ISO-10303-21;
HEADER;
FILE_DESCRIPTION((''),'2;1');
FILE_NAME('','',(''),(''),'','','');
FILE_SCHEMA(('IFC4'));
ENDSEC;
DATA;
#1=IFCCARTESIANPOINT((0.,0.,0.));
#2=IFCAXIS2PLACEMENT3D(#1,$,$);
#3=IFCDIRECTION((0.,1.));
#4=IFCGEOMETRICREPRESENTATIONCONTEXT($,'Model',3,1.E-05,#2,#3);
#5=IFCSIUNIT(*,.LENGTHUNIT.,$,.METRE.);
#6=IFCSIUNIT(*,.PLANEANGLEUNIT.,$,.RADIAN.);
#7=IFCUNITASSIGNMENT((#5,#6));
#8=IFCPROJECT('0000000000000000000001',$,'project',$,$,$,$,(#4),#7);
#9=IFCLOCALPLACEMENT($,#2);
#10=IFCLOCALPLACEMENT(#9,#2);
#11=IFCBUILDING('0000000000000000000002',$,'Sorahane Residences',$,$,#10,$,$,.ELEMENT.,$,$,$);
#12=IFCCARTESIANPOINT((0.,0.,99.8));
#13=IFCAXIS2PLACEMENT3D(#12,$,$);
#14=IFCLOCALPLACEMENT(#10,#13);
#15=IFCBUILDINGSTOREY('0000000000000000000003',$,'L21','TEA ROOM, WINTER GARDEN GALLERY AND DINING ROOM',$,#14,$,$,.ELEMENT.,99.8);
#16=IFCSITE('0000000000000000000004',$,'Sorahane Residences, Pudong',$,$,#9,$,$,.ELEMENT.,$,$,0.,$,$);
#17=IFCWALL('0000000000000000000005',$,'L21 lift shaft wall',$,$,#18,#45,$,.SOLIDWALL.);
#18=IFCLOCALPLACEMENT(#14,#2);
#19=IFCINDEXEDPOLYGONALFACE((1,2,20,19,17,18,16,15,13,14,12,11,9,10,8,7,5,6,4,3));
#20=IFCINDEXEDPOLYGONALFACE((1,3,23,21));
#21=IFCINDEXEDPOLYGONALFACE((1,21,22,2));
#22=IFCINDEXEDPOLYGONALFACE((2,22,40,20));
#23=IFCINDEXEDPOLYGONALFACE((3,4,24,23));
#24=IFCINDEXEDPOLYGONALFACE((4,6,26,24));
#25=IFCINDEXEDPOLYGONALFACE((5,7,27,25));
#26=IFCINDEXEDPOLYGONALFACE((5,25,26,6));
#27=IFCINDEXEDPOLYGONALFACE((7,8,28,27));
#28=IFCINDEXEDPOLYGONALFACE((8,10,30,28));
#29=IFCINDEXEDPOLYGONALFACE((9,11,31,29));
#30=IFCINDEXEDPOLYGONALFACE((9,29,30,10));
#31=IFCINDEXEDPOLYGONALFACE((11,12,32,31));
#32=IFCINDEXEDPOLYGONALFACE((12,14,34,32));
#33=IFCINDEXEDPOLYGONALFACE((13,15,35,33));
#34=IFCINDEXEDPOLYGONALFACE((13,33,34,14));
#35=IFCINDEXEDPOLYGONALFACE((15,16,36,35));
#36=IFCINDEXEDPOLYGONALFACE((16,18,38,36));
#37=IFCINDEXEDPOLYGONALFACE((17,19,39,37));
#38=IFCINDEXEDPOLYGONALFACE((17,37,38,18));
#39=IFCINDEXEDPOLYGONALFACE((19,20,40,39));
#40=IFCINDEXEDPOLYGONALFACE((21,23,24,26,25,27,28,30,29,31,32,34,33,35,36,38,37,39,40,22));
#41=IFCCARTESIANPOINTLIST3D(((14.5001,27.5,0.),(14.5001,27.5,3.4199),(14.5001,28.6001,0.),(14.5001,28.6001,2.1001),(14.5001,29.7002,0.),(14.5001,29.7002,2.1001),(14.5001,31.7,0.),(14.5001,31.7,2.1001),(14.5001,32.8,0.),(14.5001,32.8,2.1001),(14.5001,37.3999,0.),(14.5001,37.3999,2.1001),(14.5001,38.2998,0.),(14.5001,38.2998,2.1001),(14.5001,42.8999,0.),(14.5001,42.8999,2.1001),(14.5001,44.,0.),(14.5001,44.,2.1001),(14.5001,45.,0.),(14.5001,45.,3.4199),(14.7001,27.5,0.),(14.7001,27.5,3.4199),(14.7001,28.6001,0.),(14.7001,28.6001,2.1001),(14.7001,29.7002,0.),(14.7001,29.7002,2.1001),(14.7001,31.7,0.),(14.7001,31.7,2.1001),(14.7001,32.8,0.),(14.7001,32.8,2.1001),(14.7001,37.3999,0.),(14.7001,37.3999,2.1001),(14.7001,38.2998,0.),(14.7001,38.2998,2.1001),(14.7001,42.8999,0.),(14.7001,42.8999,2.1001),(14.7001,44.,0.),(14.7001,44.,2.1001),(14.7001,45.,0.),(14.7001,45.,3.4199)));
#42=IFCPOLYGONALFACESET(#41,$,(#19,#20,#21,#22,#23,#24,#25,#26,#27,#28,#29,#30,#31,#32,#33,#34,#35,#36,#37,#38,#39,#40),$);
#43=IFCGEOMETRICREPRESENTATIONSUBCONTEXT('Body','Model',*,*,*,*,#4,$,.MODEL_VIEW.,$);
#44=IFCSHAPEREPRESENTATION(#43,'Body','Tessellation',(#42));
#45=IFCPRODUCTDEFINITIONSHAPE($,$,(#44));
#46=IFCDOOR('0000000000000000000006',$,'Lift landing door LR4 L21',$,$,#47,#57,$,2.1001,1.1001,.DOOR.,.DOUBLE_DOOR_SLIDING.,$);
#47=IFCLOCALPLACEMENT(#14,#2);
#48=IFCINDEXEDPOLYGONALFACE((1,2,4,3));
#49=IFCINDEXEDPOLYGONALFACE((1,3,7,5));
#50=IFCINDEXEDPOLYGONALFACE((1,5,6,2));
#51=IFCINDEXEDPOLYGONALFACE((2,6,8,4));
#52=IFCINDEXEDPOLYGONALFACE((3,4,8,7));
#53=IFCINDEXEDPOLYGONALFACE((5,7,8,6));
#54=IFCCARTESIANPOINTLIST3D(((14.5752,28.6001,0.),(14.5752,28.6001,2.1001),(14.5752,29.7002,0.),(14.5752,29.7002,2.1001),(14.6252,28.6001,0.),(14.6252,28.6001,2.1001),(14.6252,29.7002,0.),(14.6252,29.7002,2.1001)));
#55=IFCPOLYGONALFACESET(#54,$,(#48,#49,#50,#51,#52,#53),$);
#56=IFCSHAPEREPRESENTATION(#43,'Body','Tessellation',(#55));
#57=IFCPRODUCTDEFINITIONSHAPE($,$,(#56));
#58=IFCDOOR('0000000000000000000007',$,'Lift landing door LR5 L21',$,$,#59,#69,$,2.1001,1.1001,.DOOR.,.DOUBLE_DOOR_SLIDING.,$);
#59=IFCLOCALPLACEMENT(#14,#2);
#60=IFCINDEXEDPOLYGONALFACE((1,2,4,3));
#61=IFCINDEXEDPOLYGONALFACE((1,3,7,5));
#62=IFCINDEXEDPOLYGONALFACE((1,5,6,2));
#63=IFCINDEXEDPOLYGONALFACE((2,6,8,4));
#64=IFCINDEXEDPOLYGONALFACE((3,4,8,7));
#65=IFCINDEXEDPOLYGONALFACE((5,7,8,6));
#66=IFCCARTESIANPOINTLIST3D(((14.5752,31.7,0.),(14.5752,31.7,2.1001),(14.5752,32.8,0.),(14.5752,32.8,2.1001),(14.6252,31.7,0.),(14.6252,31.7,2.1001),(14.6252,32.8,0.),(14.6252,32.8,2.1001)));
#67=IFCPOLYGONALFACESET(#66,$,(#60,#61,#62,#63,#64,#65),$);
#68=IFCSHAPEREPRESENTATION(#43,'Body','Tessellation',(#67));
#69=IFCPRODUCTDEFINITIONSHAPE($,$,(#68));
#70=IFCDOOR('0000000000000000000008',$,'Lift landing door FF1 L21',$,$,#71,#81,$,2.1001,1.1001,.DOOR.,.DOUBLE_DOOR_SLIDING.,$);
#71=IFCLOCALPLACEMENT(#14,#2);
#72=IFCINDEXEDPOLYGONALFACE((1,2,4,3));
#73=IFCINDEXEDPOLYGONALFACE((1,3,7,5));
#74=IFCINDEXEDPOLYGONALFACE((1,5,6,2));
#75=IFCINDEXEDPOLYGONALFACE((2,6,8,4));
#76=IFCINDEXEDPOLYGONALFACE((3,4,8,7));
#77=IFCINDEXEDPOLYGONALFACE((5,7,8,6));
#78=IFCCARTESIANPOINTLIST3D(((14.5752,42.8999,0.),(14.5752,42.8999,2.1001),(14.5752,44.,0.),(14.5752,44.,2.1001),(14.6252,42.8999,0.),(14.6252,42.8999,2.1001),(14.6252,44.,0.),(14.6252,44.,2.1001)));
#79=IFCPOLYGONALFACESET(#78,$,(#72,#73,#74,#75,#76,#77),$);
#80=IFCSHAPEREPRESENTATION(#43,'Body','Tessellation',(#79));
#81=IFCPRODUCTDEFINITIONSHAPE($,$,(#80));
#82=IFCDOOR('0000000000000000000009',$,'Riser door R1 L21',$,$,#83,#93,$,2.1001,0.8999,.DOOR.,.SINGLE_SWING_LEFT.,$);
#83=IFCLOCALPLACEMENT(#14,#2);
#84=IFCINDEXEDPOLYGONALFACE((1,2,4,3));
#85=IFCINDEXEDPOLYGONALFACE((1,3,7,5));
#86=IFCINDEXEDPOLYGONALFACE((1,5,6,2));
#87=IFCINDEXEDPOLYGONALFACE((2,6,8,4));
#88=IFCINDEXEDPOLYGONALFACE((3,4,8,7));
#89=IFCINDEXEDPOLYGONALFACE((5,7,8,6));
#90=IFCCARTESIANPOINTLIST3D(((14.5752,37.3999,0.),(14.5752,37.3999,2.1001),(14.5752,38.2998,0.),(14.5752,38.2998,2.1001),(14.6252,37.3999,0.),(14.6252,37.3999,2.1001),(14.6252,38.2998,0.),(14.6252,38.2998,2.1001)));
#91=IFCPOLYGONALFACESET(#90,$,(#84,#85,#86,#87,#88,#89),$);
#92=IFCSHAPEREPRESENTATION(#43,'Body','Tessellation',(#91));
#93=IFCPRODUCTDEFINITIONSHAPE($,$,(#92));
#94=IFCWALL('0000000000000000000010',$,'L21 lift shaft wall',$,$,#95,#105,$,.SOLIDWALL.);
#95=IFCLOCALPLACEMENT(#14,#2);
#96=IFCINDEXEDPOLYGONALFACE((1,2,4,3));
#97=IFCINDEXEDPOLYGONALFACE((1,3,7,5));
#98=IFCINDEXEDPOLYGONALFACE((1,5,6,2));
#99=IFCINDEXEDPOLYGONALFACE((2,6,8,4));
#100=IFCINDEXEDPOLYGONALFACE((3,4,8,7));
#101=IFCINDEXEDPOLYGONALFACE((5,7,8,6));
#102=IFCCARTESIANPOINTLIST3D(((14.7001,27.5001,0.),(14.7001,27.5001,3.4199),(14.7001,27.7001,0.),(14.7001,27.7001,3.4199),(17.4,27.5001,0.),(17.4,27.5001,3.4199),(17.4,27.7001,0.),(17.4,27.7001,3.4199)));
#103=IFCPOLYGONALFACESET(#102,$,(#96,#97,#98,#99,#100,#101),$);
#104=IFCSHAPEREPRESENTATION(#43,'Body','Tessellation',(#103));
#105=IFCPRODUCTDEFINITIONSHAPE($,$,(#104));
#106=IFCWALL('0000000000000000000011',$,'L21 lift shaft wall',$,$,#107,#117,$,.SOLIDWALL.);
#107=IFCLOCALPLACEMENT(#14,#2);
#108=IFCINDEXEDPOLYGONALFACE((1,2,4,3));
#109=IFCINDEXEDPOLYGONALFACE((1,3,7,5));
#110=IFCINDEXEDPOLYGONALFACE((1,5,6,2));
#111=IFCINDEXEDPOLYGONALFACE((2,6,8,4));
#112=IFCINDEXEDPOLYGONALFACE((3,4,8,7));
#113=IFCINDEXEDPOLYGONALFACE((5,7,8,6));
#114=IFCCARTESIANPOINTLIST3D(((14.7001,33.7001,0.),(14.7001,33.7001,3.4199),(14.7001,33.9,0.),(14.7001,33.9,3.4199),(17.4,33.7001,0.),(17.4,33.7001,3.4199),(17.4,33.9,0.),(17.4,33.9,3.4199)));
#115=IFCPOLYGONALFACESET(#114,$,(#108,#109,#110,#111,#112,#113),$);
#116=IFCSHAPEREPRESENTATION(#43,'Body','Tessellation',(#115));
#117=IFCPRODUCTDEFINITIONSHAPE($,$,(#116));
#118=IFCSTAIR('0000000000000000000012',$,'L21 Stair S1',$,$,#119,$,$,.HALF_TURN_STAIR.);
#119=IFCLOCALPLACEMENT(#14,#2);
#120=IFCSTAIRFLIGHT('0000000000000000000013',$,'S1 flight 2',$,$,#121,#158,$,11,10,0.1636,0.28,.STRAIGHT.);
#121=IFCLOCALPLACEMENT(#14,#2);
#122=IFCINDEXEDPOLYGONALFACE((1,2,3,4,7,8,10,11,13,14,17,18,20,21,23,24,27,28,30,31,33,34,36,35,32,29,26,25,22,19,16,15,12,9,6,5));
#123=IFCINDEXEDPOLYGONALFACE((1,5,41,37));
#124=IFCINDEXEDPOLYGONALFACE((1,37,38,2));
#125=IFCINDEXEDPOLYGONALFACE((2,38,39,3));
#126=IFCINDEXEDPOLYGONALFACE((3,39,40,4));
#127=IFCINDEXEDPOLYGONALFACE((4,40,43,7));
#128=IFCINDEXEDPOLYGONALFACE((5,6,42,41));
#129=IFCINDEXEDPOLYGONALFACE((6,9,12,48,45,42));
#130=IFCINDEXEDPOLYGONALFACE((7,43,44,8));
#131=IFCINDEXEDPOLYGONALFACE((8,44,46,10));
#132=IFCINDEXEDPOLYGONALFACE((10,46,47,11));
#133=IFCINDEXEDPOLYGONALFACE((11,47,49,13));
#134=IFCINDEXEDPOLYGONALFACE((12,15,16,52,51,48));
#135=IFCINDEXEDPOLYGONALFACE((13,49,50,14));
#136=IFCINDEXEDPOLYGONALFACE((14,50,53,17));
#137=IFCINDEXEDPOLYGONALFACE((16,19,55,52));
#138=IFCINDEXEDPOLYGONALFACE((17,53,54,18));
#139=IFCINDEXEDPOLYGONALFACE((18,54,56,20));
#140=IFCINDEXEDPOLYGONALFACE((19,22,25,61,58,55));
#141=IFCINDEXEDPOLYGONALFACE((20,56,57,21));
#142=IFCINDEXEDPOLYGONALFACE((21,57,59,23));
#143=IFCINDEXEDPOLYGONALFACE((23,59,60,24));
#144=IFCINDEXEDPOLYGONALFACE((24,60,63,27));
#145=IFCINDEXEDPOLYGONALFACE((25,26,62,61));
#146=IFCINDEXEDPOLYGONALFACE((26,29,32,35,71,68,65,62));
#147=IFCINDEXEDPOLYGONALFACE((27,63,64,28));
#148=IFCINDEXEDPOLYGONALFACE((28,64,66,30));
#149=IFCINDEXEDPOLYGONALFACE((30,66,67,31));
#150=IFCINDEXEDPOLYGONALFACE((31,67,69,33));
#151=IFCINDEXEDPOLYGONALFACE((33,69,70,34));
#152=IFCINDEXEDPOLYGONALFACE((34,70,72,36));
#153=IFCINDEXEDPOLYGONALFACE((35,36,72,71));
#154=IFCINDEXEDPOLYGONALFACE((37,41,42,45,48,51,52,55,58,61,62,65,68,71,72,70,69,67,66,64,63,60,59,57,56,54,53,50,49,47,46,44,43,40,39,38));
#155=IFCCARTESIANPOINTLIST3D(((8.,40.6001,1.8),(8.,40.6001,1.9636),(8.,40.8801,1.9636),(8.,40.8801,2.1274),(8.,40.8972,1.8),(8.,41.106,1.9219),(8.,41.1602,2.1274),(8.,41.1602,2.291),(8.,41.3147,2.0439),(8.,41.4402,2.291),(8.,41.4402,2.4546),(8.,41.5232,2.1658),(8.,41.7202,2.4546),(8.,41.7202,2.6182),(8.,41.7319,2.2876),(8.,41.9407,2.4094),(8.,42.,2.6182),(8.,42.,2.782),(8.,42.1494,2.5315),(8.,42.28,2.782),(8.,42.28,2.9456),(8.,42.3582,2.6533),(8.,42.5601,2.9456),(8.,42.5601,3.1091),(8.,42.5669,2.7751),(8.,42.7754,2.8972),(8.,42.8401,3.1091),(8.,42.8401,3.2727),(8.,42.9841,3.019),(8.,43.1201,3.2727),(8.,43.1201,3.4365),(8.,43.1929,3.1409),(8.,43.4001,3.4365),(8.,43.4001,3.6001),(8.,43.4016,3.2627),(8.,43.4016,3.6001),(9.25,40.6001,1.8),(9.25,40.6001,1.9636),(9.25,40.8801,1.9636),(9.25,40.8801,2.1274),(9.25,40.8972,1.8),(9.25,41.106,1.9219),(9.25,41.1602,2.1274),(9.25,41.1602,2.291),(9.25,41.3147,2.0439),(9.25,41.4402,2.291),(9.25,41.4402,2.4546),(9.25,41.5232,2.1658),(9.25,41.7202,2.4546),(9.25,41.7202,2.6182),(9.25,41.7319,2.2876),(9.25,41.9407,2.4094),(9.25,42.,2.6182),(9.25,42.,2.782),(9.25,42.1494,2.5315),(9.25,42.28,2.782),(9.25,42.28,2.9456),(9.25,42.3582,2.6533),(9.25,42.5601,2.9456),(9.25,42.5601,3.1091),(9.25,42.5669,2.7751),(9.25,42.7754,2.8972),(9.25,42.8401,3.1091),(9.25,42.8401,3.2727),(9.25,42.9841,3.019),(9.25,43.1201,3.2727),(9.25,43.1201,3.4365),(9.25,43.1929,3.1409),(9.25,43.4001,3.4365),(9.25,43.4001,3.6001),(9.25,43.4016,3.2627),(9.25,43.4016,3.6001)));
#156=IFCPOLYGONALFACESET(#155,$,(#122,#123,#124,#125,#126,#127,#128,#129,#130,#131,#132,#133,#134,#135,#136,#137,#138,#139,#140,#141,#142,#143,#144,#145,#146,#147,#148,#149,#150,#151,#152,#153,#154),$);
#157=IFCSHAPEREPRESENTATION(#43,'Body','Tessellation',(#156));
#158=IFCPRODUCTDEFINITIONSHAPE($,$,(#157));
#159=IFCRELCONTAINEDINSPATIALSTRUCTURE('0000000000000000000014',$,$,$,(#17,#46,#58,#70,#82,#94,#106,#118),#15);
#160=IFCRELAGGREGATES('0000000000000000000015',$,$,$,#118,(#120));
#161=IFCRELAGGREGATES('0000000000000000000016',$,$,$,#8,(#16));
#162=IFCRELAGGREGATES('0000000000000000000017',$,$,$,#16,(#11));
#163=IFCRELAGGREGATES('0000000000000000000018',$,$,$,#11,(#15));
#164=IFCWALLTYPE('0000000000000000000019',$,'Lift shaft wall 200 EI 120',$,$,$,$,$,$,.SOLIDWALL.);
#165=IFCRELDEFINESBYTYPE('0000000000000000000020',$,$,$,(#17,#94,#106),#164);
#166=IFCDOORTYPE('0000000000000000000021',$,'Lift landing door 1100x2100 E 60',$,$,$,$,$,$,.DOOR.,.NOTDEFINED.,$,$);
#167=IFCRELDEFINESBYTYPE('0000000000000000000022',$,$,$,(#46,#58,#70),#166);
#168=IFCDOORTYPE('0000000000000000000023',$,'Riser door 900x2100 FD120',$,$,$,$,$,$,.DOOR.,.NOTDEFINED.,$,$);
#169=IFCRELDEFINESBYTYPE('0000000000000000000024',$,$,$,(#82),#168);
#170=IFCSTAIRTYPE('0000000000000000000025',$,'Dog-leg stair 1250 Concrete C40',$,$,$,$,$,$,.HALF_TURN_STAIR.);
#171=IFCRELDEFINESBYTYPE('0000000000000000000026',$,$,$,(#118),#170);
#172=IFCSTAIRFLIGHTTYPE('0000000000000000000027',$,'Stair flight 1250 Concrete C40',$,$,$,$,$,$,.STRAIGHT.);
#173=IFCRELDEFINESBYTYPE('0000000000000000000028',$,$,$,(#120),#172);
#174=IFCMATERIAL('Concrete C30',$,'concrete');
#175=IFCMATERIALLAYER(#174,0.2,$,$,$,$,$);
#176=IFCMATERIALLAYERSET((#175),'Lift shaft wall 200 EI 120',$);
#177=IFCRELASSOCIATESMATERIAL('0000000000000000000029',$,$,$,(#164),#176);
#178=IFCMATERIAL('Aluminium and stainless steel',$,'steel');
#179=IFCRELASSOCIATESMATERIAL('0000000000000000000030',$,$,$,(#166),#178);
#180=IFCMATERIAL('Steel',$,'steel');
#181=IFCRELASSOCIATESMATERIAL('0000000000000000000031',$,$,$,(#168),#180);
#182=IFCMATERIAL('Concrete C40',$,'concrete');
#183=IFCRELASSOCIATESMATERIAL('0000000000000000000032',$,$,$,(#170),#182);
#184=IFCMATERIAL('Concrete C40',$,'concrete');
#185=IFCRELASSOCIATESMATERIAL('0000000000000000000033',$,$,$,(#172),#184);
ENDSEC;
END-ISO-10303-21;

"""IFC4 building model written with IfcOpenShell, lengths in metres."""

from ifc_helpers import new_model, si_unit, direction, frame, frame_2d, origin, place, context, subcontext, project, spatial, polyline, rectangle, outline, extrude, material, layer, layer_set, type_object, element, fill, aggregate, save


model = new_model("IFC4")

# Units and contexts
model_context = context("Model", 3, precision=1e-05, world=origin(), true_north=direction((0.0, 1.0)))
body_context = subcontext(model_context, "Body", "Model", "MODEL_VIEW")
ifc_project = project(units=[si_unit("LENGTHUNIT", "METRE"), si_unit("PLANEANGLEUNIT", "RADIAN")], contexts=[model_context])

# Site, building, storey
site_placement = place(None, origin())
site = spatial("IfcSite", under=ifc_project, at=site_placement, Name="Sorahane Residences, Pudong", CompositionType="ELEMENT", RefElevation=0.0)
building_placement = place(site_placement, origin())
building = spatial("IfcBuilding", under=site, at=building_placement, Name="Sorahane Residences", CompositionType="ELEMENT")
storey_placement = place(building_placement, frame((0.0, 0.0, 99.8)))
storey = spatial("IfcBuildingStorey", under=building, at=storey_placement, Name="L21", Description="TEA ROOM, WINTER GARDEN GALLERY AND DINING ROOM", CompositionType="ELEMENT", Elevation=99.8)

# Wall, openings, doors
ifc_material_1 = material(Name="Concrete C30", Category="concrete")
ifc_layer_1 = layer(ifc_material_1, 0.2)
ifc_layer_set_1 = layer_set([ifc_layer_1], Name="Lift shaft wall 200 EI 120")
wall_type_1 = type_object("IfcWallType", Name="Lift shaft wall 200 EI 120", PredefinedType="SOLIDWALL", material=ifc_layer_set_1)
wall_1_placement = place(storey_placement, frame((14.6001, 27.5, 0.0), z_axis=(0.0, 0.0, 1.0), x_axis=(0.0, 1.0, 0.0)))
wall_1 = element("IfcWall", 1, at=wall_1_placement, inside=storey, type_object=wall_type_1, Name="L21 lift shaft wall", PredefinedType="SOLIDWALL", context=body_context, shape_type="SweptSolid", body=[
    extrude(rectangle(XDim=17.5, YDim=0.2, at=frame_2d((8.75, 0.0))), origin(), (0.0, 0.0, 1.0), 3.4199),
])
opening_1_placement = place(wall_1_placement, frame((1.1001, 0.0, 0.0)))
opening_1 = element("IfcOpeningElement", 2, at=opening_1_placement, cuts=wall_1, PredefinedType="OPENING", context=body_context, shape_type="SweptSolid", body=[
    extrude(rectangle(XDim=1.1001, YDim=2.1001, at=frame_2d((0.55, 1.05))), frame((0.0, 0.1099, 0.0), z_axis=(0.0, -1.0, 0.0), x_axis=(1.0, 0.0, 0.0)), (0.0, 0.0, 1.0), 0.22),
])
opening_2_placement = place(wall_1_placement, frame((4.2, 0.0, 0.0)))
opening_2 = element("IfcOpeningElement", 3, at=opening_2_placement, cuts=wall_1, PredefinedType="OPENING", context=body_context, shape_type="SweptSolid", body=[
    extrude(rectangle(XDim=1.1001, YDim=2.1001, at=frame_2d((0.55, 1.05))), frame((0.0, 0.1099, 0.0), z_axis=(0.0, -1.0, 0.0), x_axis=(1.0, 0.0, 0.0)), (0.0, 0.0, 1.0), 0.22),
])
opening_3_placement = place(wall_1_placement, frame((15.3999, 0.0, 0.0)))
opening_3 = element("IfcOpeningElement", 4, at=opening_3_placement, cuts=wall_1, PredefinedType="OPENING", context=body_context, shape_type="SweptSolid", body=[
    extrude(rectangle(XDim=1.1001, YDim=2.1001, at=frame_2d((0.55, 1.05))), frame((0.0, 0.1099, 0.0), z_axis=(0.0, -1.0, 0.0), x_axis=(1.0, 0.0, 0.0)), (0.0, 0.0, 1.0), 0.22),
])
opening_4_placement = place(wall_1_placement, frame((9.8999, 0.0, 0.0)))
opening_4 = element("IfcOpeningElement", 5, at=opening_4_placement, cuts=wall_1, PredefinedType="OPENING", context=body_context, shape_type="SweptSolid", body=[
    extrude(rectangle(XDim=0.8999, YDim=2.1001, at=frame_2d((0.45, 1.05))), frame((0.0, 0.1099, 0.0), z_axis=(0.0, -1.0, 0.0), x_axis=(1.0, 0.0, 0.0)), (0.0, 0.0, 1.0), 0.22),
])
ifc_material_2 = material(Name="Aluminium and stainless steel", Category="steel")
door_type_1 = type_object("IfcDoorType", Name="Lift landing door 1100x2100 E 60", OperationType="NOTDEFINED", PredefinedType="DOOR", material=ifc_material_2)
door_1_placement = place(opening_1_placement, origin())
door_1 = element("IfcDoor", 6, at=door_1_placement, inside=storey, type_object=door_type_1, Name="Lift landing door LR4 L21", OperationType="DOUBLE_DOOR_SLIDING", OverallHeight=2.1001, OverallWidth=1.1001, PredefinedType="DOOR", context=body_context, shape_type="SweptSolid", body=[
    extrude(rectangle(XDim=1.1001, YDim=2.1001, at=frame_2d((0.55, 1.05))), frame((0.0, 0.0249, 0.0), z_axis=(0.0, -1.0, 0.0), x_axis=(1.0, 0.0, 0.0)), (0.0, 0.0, 1.0), 0.05),
])
fill(opening_1, door_1)
door_2_placement = place(opening_2_placement, origin())
door_2 = element("IfcDoor", 7, at=door_2_placement, inside=storey, type_object=door_type_1, Name="Lift landing door LR5 L21", OperationType="DOUBLE_DOOR_SLIDING", OverallHeight=2.1001, OverallWidth=1.1001, PredefinedType="DOOR", context=body_context, shape_type="SweptSolid", body=[
    extrude(rectangle(XDim=1.1001, YDim=2.1001, at=frame_2d((0.55, 1.05))), frame((0.0, 0.0249, 0.0), z_axis=(0.0, -1.0, 0.0), x_axis=(1.0, 0.0, 0.0)), (0.0, 0.0, 1.0), 0.05),
])
fill(opening_2, door_2)
door_3_placement = place(opening_3_placement, origin())
door_3 = element("IfcDoor", 8, at=door_3_placement, inside=storey, type_object=door_type_1, Name="Lift landing door FF1 L21", OperationType="DOUBLE_DOOR_SLIDING", OverallHeight=2.1001, OverallWidth=1.1001, PredefinedType="DOOR", context=body_context, shape_type="SweptSolid", body=[
    extrude(rectangle(XDim=1.1001, YDim=2.1001, at=frame_2d((0.55, 1.05))), frame((0.0, 0.0249, 0.0), z_axis=(0.0, -1.0, 0.0), x_axis=(1.0, 0.0, 0.0)), (0.0, 0.0, 1.0), 0.05),
])
fill(opening_3, door_3)
ifc_material_3 = material(Name="Steel", Category="steel")
door_type_2 = type_object("IfcDoorType", Name="Riser door 900x2100 FD120", OperationType="NOTDEFINED", PredefinedType="DOOR", material=ifc_material_3)
door_4_placement = place(opening_4_placement, origin())
door_4 = element("IfcDoor", 9, at=door_4_placement, inside=storey, type_object=door_type_2, Name="Riser door R1 L21", OperationType="SINGLE_SWING_LEFT", OverallHeight=2.1001, OverallWidth=0.8999, PredefinedType="DOOR", context=body_context, shape_type="SweptSolid", body=[
    extrude(rectangle(XDim=0.8999, YDim=2.1001, at=frame_2d((0.45, 1.05))), frame((0.0, 0.0249, 0.0), z_axis=(0.0, -1.0, 0.0), x_axis=(1.0, 0.0, 0.0)), (0.0, 0.0, 1.0), 0.05),
])
fill(opening_4, door_4)

# Walls
for number, where, z_axis, x_axis, name in (
    (10, (14.7, 27.6001, 0.0), (0.0, 0.0, 1.0), (1.0, 0.0, 0.0), "L21 lift shaft wall"),
    (11, (14.7, 33.8, 0.0), (0.0, 0.0, 1.0), (1.0, 0.0, 0.0), "L21 lift shaft wall"),
):
    element("IfcWall", number, at=place(storey_placement, frame(where, z_axis=z_axis, x_axis=x_axis)), inside=storey, type_object=wall_type_1, Name=name, PredefinedType="SOLIDWALL", context=body_context, shape_type="SweptSolid", body=[
        extrude(rectangle(XDim=2.7, YDim=0.2, at=frame_2d((1.3501, 0.0))), origin(), (0.0, 0.0, 1.0), 3.4199),
    ])

# Stair, stair flight
ifc_material_4 = material(Name="Concrete C40", Category="concrete")
stair_type = type_object("IfcStairType", Name="Dog-leg stair 1250 Concrete C40", PredefinedType="HALF_TURN_STAIR", material=ifc_material_4)
stair_1_placement = place(storey_placement, origin())
stair_1 = element("IfcStair", 12, at=stair_1_placement, inside=storey, type_object=stair_type, Name="L21 Stair S1", PredefinedType="HALF_TURN_STAIR")
ifc_material_5 = material(Name="Concrete C40", Category="concrete")
stair_flight_type = type_object("IfcStairFlightType", Name="Stair flight 1250 Concrete C40", PredefinedType="STRAIGHT", material=ifc_material_5)
stair_flight_1_placement = place(storey_placement, frame((8.625, 40.6001, 1.8), z_axis=(0.0, 0.0, 1.0), x_axis=(0.0, 1.0, 0.0)))
stair_flight_1 = element("IfcStairFlight", 13, at=stair_flight_1_placement, type_object=stair_flight_type, Name="S1 flight 2", NumberOfRisers=11, NumberOfTreads=10, PredefinedType="STRAIGHT", RiserHeight=0.1636, TreadLength=0.28, context=body_context, shape_type="SweptSolid", body=[
    extrude(outline(polyline([(0.0, 0.0), (0.0, 0.1636), (0.28, 0.1636), (0.28, 0.3274), (0.5601, 0.3274), (0.5601, 0.491), (0.8401, 0.491), (0.8401, 0.6545), (1.1201, 0.6545), (1.1201, 0.8181), (1.3999, 0.8181), (1.3999, 0.9819), (1.6799, 0.9819), (1.6799, 1.1455), (1.96, 1.1455), (1.96, 1.3091), (2.24, 1.3091), (2.24, 1.4727), (2.52, 1.4727), (2.52, 1.6365), (2.8, 1.6365), (2.8, 1.8), (2.8015, 1.8), (2.8015, 1.4626), (2.5928, 1.3408), (2.384, 1.219), (2.1753, 1.0972), (1.9668, 0.9751), (1.7581, 0.8533), (1.5493, 0.7314), (1.3406, 0.6094), (1.1318, 0.4875), (0.9231, 0.3657), (0.7146, 0.2439), (0.5059, 0.1218), (0.2971, 0.0), (0.0, 0.0)])), frame((0.0, 0.625, 0.0), z_axis=(0.0, -1.0, 0.0), x_axis=(1.0, 0.0, 0.0)), (0.0, 0.0, 1.0), 1.25),
])
aggregate(stair_1, [stair_flight_1])

save(model, "model.ifc")
